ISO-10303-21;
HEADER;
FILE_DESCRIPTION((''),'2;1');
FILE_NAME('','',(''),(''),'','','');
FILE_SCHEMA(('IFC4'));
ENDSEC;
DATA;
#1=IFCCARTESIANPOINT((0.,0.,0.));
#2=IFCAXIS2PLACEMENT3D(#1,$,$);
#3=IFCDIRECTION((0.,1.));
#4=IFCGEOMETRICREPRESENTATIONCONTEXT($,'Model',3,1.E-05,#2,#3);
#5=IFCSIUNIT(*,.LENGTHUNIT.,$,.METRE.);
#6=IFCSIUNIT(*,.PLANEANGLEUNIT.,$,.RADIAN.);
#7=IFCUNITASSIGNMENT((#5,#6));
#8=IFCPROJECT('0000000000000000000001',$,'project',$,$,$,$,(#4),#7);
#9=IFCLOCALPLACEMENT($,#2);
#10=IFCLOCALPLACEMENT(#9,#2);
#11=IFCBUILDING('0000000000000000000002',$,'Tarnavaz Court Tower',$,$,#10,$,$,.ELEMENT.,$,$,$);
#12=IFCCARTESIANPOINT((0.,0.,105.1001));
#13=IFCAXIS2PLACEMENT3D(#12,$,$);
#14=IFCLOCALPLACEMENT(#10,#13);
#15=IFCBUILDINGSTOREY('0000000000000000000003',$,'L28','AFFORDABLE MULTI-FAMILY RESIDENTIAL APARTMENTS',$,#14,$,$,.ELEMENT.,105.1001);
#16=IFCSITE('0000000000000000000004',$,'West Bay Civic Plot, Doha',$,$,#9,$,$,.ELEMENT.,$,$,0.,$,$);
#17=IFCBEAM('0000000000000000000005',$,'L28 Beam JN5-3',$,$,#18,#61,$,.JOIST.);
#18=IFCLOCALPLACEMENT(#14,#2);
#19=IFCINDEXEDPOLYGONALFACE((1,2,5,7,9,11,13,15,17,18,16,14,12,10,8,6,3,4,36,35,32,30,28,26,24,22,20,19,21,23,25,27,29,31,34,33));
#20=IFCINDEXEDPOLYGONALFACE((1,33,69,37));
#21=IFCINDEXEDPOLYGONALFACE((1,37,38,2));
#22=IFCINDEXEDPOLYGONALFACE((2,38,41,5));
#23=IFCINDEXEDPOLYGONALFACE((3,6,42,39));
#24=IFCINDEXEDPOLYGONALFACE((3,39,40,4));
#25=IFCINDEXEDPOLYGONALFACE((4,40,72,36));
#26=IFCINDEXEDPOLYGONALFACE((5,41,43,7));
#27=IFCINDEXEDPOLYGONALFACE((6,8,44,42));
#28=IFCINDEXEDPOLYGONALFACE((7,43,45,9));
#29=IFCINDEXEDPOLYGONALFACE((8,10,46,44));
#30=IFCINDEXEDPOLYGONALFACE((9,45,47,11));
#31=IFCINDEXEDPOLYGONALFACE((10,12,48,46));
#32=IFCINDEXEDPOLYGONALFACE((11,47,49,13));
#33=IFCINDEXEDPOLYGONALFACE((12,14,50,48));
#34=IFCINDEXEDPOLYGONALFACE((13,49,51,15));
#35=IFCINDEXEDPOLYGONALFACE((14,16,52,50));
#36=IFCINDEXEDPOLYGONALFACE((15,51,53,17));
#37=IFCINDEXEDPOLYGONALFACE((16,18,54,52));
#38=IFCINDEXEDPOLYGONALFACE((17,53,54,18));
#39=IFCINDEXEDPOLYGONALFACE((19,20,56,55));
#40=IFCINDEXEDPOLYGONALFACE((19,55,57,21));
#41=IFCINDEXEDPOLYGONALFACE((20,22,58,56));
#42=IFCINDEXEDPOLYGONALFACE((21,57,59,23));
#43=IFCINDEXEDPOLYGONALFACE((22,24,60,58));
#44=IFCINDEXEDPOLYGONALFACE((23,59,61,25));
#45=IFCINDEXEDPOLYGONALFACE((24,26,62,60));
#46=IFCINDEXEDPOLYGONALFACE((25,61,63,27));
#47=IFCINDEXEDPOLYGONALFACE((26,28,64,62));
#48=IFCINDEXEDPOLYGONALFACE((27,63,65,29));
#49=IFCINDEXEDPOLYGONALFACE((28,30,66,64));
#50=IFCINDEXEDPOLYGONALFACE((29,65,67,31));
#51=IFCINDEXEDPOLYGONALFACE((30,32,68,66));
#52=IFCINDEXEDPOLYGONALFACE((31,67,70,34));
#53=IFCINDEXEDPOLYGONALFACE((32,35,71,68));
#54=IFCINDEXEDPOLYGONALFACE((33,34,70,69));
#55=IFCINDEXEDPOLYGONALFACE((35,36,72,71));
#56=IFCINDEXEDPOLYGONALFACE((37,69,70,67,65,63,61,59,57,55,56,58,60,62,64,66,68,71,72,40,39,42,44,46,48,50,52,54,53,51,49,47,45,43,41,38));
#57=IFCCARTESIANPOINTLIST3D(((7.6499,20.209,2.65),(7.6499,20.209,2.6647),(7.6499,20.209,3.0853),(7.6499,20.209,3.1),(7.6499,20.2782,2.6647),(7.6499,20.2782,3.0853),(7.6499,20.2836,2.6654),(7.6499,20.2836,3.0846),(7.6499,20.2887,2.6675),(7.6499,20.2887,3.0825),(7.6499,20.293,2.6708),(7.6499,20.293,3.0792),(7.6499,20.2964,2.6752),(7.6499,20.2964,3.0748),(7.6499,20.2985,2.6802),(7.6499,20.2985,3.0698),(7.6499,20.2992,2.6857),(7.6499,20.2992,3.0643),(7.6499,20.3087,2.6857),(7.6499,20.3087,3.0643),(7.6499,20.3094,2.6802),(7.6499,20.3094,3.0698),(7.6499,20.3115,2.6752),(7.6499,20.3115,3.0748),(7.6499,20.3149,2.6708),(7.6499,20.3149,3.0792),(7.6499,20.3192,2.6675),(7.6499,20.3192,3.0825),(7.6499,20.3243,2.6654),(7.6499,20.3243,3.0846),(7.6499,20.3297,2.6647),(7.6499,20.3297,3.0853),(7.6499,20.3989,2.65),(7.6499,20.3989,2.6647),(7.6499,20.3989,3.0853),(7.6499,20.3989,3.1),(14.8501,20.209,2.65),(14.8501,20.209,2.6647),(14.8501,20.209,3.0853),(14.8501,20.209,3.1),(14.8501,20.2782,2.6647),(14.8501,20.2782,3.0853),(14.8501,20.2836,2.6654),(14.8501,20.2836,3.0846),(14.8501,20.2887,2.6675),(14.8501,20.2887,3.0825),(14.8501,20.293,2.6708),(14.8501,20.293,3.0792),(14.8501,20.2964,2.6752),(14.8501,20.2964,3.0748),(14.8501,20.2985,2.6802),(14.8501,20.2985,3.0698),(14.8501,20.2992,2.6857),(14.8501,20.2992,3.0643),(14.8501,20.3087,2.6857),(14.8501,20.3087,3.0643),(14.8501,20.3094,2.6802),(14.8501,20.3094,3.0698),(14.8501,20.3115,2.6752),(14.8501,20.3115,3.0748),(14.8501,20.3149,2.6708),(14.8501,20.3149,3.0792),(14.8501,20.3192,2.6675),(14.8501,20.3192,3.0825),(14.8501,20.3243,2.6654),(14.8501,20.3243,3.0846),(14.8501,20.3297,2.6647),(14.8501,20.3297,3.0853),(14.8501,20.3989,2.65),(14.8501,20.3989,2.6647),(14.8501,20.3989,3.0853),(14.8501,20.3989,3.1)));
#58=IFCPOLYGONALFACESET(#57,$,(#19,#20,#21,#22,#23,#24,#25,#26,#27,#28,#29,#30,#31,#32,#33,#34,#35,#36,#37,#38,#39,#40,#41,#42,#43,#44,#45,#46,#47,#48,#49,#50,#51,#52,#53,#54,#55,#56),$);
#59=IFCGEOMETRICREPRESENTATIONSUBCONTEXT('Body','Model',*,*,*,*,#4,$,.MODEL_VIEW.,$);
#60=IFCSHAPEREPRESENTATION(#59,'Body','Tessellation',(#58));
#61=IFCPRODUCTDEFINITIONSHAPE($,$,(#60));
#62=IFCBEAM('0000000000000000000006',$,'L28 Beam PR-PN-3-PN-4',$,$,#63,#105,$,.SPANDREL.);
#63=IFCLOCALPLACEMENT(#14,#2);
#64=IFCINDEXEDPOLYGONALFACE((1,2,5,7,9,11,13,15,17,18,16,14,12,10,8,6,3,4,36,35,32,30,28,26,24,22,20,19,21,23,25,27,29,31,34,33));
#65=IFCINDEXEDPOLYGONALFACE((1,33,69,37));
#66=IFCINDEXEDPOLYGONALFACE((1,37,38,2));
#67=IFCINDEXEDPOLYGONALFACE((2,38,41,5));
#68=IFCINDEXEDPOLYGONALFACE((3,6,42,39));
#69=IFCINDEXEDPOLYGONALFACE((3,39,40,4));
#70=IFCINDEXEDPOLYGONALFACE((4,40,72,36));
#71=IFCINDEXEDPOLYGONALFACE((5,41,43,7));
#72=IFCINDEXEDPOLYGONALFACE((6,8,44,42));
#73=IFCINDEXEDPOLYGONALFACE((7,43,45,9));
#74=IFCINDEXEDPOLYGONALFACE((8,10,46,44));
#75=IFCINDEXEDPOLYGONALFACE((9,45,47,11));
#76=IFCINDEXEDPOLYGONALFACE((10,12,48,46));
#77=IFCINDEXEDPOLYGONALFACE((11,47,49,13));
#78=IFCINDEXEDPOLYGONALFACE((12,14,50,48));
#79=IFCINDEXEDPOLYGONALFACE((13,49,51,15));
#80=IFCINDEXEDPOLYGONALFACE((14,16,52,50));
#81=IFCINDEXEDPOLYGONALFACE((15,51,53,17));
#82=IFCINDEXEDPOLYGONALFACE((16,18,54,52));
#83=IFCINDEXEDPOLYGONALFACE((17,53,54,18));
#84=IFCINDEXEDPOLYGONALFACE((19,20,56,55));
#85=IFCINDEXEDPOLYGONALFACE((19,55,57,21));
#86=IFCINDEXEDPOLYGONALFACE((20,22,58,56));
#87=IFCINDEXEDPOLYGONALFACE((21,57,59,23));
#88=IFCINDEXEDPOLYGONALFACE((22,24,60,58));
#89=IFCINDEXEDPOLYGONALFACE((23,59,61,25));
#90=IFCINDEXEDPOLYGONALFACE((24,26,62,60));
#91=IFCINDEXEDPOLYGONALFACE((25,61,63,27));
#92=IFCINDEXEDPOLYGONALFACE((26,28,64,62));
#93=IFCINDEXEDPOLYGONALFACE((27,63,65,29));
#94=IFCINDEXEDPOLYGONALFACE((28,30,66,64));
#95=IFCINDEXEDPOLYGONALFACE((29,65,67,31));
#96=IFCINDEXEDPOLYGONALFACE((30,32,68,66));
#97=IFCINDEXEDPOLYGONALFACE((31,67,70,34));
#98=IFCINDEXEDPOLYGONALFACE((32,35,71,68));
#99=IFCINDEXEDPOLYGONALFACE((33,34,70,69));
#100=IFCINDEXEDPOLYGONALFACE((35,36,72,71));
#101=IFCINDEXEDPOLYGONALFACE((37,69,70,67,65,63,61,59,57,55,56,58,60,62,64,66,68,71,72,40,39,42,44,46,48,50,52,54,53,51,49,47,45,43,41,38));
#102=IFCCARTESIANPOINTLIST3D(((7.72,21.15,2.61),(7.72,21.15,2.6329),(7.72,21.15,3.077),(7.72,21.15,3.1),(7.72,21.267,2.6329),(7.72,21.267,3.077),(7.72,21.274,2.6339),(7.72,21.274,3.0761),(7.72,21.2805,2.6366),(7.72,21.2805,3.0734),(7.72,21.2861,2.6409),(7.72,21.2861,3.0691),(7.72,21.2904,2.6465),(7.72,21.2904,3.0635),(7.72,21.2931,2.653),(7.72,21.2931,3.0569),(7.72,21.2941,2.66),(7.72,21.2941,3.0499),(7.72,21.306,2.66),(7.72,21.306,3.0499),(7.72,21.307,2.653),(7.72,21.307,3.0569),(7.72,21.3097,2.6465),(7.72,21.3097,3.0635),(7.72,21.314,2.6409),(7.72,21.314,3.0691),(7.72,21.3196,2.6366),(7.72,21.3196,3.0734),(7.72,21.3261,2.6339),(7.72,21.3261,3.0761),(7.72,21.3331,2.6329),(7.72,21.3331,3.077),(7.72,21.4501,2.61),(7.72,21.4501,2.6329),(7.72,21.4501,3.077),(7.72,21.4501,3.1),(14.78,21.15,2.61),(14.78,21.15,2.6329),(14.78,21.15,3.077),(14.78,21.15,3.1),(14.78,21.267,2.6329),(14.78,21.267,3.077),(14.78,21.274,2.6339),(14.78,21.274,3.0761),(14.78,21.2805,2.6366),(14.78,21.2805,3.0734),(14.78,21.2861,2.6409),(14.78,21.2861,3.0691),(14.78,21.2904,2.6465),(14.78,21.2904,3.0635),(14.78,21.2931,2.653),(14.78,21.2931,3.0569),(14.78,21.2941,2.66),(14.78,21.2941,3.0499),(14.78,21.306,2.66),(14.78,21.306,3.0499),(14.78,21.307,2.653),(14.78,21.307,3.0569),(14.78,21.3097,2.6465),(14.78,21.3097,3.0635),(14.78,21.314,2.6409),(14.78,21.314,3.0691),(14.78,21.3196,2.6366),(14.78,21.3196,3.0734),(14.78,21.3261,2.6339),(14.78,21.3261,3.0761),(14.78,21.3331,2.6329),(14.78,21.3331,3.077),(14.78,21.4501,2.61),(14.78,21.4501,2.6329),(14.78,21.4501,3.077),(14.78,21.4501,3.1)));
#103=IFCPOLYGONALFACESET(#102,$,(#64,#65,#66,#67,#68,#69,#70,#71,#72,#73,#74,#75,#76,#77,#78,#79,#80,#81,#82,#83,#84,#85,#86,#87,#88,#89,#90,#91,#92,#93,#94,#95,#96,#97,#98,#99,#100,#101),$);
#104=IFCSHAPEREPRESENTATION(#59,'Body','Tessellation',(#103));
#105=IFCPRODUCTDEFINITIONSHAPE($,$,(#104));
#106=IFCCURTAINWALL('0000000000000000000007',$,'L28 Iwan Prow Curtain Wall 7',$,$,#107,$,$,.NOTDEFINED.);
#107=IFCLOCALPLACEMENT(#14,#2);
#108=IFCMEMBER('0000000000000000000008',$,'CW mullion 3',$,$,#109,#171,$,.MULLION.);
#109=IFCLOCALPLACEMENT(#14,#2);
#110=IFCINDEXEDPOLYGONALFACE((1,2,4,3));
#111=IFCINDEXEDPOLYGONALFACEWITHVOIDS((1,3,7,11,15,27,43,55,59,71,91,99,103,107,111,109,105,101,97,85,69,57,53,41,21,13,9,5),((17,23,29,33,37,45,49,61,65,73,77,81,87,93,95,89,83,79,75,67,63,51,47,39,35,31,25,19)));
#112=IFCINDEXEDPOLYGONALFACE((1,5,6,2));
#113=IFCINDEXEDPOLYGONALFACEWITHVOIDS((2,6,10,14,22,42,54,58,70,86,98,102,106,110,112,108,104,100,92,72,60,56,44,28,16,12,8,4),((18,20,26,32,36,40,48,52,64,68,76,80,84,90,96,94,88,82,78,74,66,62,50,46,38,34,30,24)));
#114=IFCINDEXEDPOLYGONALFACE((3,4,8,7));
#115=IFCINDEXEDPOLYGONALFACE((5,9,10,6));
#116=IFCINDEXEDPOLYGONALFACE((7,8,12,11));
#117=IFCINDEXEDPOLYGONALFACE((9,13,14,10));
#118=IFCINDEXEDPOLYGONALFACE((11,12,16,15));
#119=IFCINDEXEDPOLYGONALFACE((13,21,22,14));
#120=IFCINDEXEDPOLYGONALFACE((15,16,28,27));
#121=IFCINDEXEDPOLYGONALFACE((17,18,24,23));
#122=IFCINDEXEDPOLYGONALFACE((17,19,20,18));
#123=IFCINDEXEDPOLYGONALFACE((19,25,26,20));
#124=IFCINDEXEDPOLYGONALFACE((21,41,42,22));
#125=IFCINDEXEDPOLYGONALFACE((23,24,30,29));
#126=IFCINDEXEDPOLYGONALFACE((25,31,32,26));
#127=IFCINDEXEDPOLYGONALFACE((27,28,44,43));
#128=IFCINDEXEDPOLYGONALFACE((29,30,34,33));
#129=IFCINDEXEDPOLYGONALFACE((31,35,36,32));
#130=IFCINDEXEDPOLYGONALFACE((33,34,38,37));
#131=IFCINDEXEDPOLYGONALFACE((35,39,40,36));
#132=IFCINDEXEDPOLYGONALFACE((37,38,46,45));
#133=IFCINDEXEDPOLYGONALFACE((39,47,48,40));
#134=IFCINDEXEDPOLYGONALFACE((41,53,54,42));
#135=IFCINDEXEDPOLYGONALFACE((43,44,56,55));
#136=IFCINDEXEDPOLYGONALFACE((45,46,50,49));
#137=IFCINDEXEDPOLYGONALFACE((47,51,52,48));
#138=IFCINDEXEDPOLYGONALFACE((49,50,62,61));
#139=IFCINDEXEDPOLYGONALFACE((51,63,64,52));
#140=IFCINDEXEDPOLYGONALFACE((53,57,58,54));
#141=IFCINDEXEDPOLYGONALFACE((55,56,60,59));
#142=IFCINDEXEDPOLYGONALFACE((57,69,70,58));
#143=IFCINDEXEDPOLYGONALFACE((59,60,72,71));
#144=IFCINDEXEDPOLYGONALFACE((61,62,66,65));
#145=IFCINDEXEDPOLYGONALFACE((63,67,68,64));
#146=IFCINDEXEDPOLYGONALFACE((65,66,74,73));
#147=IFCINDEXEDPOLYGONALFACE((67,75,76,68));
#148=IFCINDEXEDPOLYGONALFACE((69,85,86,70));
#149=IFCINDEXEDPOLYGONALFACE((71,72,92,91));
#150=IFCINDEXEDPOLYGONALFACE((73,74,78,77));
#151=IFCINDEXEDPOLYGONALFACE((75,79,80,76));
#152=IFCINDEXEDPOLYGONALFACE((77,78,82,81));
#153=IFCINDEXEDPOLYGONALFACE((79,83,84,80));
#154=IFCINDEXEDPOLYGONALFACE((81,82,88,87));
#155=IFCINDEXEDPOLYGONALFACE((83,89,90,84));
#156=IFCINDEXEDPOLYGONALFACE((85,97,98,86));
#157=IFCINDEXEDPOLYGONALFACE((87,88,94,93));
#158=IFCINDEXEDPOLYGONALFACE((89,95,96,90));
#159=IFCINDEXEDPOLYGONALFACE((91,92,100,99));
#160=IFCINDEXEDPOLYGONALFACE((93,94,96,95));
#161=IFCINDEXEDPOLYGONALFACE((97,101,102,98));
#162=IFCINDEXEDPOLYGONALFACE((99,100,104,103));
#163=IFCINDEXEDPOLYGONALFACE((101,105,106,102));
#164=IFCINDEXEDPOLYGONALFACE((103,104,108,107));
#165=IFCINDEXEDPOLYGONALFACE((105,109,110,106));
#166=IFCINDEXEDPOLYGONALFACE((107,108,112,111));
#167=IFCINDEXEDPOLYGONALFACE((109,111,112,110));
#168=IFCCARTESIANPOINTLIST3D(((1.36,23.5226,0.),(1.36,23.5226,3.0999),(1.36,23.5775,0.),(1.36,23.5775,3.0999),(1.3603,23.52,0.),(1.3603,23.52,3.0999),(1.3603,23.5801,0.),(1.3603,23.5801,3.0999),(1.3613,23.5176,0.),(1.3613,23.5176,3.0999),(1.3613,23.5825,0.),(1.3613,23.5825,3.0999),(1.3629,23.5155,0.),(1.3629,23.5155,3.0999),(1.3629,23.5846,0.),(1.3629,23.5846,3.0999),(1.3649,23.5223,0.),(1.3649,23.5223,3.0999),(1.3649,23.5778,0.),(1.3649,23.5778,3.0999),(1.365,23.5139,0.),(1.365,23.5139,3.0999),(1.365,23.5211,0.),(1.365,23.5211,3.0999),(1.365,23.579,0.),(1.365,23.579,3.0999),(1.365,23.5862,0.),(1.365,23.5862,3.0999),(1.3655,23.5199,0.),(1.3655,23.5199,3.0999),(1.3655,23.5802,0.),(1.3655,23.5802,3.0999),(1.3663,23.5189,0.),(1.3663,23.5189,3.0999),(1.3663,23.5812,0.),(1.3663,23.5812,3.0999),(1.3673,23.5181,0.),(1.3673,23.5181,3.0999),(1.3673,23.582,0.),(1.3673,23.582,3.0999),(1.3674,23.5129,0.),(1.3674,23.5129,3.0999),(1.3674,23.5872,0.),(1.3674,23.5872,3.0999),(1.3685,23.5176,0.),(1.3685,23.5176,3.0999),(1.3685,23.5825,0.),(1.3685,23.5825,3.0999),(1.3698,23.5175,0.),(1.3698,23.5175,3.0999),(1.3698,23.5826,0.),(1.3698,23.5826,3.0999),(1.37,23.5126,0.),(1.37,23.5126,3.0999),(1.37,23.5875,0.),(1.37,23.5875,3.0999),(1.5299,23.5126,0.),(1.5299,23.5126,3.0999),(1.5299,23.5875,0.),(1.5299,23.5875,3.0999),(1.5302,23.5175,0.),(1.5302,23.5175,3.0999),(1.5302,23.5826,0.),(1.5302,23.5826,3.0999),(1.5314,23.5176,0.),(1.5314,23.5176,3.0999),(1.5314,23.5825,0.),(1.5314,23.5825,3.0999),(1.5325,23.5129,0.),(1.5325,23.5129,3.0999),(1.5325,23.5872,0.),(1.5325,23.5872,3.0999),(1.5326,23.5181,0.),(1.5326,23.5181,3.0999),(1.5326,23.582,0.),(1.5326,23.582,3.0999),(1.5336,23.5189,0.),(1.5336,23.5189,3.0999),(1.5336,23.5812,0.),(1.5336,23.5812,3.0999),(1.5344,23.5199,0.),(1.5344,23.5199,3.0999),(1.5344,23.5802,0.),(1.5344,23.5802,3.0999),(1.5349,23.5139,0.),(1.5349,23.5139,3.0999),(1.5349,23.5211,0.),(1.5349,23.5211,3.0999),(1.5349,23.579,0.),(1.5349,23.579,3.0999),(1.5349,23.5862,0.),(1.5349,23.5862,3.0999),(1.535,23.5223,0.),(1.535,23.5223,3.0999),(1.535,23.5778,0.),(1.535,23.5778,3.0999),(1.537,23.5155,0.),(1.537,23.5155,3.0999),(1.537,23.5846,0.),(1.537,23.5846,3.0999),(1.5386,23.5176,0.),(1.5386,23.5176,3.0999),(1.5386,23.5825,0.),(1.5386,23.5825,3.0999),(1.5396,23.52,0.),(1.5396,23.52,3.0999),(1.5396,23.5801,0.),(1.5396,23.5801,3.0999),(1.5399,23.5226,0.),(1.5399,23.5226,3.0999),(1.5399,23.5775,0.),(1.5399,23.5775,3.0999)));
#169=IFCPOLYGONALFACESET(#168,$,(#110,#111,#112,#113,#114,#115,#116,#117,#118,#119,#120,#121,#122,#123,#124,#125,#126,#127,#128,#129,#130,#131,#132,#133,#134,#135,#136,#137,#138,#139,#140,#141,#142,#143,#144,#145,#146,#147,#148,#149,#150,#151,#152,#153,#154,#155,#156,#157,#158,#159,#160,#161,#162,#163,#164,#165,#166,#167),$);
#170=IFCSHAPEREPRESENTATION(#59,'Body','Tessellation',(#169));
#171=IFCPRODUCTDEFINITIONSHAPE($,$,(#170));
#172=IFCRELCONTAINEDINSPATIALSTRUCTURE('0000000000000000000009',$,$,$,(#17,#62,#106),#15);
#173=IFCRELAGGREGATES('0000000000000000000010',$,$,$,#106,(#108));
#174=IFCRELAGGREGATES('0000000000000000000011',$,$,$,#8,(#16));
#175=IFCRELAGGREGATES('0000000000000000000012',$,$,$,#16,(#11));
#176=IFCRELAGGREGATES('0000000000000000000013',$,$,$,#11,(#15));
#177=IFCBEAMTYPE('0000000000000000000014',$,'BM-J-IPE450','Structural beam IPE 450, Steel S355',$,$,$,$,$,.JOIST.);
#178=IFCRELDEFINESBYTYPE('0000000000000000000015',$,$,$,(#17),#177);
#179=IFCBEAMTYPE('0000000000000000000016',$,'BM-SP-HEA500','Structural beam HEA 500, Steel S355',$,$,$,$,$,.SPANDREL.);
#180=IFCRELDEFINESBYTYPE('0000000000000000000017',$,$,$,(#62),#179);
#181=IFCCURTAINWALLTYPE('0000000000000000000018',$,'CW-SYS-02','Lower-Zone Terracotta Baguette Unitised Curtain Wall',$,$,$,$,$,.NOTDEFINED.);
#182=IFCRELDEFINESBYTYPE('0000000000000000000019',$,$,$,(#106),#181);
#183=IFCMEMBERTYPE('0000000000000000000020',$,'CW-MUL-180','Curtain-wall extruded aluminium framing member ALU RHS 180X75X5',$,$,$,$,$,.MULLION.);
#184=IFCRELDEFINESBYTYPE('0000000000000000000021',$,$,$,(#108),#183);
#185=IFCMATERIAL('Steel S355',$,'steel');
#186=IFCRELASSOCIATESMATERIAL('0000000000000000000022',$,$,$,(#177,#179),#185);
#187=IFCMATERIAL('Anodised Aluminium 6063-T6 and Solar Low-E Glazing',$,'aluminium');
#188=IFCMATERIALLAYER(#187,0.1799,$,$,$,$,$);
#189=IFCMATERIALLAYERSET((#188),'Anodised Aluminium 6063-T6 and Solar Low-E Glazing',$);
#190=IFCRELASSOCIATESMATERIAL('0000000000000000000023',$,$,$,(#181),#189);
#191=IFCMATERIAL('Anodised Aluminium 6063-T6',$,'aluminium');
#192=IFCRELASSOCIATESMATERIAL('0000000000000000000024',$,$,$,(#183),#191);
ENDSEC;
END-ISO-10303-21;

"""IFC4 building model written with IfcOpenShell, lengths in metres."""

from ifc_helpers import new_model, si_unit, direction, frame, origin, origin_2d, place, context, subcontext, project, spatial, hollow_rectangle, i_section, extrude, material, layer, layer_set, material_profile, profile_set, type_object, element, aggregate, save


model = new_model("IFC4")

# Units and contexts
model_context = context("Model", 3, precision=1e-05, world=origin(), true_north=direction((0.0, 1.0)))
body_context = subcontext(model_context, "Body", "Model", "MODEL_VIEW")
ifc_project = project(units=[si_unit("LENGTHUNIT", "METRE"), si_unit("PLANEANGLEUNIT", "RADIAN")], contexts=[model_context])

# Site, building, storey
site_placement = place(None, origin())
site = spatial("IfcSite", under=ifc_project, at=site_placement, Name="West Bay Civic Plot, Doha", CompositionType="ELEMENT", RefElevation=0.0)
building_placement = place(site_placement, origin())
building = spatial("IfcBuilding", under=site, at=building_placement, Name="Tarnavaz Court Tower", CompositionType="ELEMENT")
storey_placement = place(building_placement, frame((0.0, 0.0, 105.1001)))
storey = spatial("IfcBuildingStorey", under=building, at=storey_placement, Name="L28", Description="AFFORDABLE MULTI-FAMILY RESIDENTIAL APARTMENTS", CompositionType="ELEMENT", Elevation=105.1001)

# Beams
ifc_material_1 = material(Name="Steel S355", Category="steel")
ifc_material_profile_1 = material_profile(ifc_material_1, i_section(OverallWidth=0.1899, OverallDepth=0.45, WebThickness=0.0095, FlangeThickness=0.0146, FilletRadius=0.021, at=origin_2d()), Name="IPE 450")
ifc_profile_set_1 = profile_set([ifc_material_profile_1], Name="Steel S355")
beam_type_1 = type_object("IfcBeamType", Name="BM-J-IPE450", Description="Structural beam IPE 450, Steel S355", PredefinedType="JOIST", material=ifc_profile_set_1)
for number, where, z_axis, x_axis, name in (
    (1, (7.6499, 20.304, 2.875), (1.0, 0.0, 0.0), (0.0, 1.0, 0.0), "L28 Beam JN5-3"),
):
    element("IfcBeam", number, at=place(storey_placement, frame(where, z_axis=z_axis, x_axis=x_axis)), inside=storey, type_object=beam_type_1, Name=name, PredefinedType="JOIST", context=body_context, shape_type="SweptSolid", body=[
        extrude(i_section(OverallWidth=0.1899, OverallDepth=0.45, WebThickness=0.0095, FlangeThickness=0.0146, FilletRadius=0.021, at=origin_2d()), origin(), (0.0, 0.0, 1.0), 7.2002),
    ])
ifc_material_profile_2 = material_profile(ifc_material_1, i_section(OverallWidth=0.3, OverallDepth=0.49, WebThickness=0.012, FlangeThickness=0.0229, FilletRadius=0.0271, at=origin_2d()), Name="HEA 500")
ifc_profile_set_2 = profile_set([ifc_material_profile_2], Name="Steel S355")
beam_type_2 = type_object("IfcBeamType", Name="BM-SP-HEA500", Description="Structural beam HEA 500, Steel S355", PredefinedType="SPANDREL", material=ifc_profile_set_2)
beam_placement = place(storey_placement, frame((7.72, 21.3, 2.855), z_axis=(1.0, 0.0, 0.0), x_axis=(0.0, 1.0, 0.0)))
element("IfcBeam", 2, at=beam_placement, inside=storey, type_object=beam_type_2, Name="L28 Beam PR-PN-3-PN-4", PredefinedType="SPANDREL", context=body_context, shape_type="SweptSolid", body=[
    extrude(i_section(OverallWidth=0.3, OverallDepth=0.49, WebThickness=0.012, FlangeThickness=0.0229, FilletRadius=0.0271, at=origin_2d()), origin(), (0.0, 0.0, 1.0), 7.0601),
])

# Curtain wall, member
ifc_material_2 = material(Name="Anodised Aluminium 6063-T6 and Solar Low-E Glazing", Category="aluminium")
ifc_layer_1 = layer(ifc_material_2, 0.1799)
ifc_layer_set_1 = layer_set([ifc_layer_1], Name="Anodised Aluminium 6063-T6 and Solar Low-E Glazing")
curtain_wall_type = type_object("IfcCurtainWallType", Name="CW-SYS-02", Description="Lower-Zone Terracotta Baguette Unitised Curtain Wall", PredefinedType="NOTDEFINED", material=ifc_layer_set_1)
curtain_wall_placement = place(storey_placement, origin())
curtain_wall = element("IfcCurtainWall", 3, at=curtain_wall_placement, inside=storey, type_object=curtain_wall_type, Name="L28 Iwan Prow Curtain Wall 7", PredefinedType="NOTDEFINED")
ifc_material_3 = material(Name="Anodised Aluminium 6063-T6", Category="aluminium")
ifc_material_profile_3 = material_profile(ifc_material_3, hollow_rectangle(XDim=0.075, YDim=0.1799, WallThickness=0.0049, InnerFilletRadius=0.0049, OuterFilletRadius=0.01, at=origin_2d()), Name="ALU RHS 180X75X5")
ifc_profile_set_3 = profile_set([ifc_material_profile_3], Name="Anodised Aluminium 6063-T6")
member_type_1 = type_object("IfcMemberType", Name="CW-MUL-180", Description="Curtain-wall extruded aluminium framing member ALU RHS 180X75X5", PredefinedType="MULLION", material=ifc_profile_set_3)
member_1_placement = place(storey_placement, frame((1.45, 23.55, 0.0), z_axis=(0.0, 0.0, 1.0), x_axis=(0.0, 1.0, 0.0)))
member_1 = element("IfcMember", 4, at=member_1_placement, type_object=member_type_1, Name="CW mullion 3", PredefinedType="MULLION", context=body_context, shape_type="SweptSolid", body=[
    extrude(hollow_rectangle(XDim=0.075, YDim=0.1799, WallThickness=0.0049, InnerFilletRadius=0.0049, OuterFilletRadius=0.01, at=origin_2d()), origin(), (0.0, 0.0, 1.0), 3.0999),
])
aggregate(curtain_wall, [member_1])

save(model, "model.ifc")
